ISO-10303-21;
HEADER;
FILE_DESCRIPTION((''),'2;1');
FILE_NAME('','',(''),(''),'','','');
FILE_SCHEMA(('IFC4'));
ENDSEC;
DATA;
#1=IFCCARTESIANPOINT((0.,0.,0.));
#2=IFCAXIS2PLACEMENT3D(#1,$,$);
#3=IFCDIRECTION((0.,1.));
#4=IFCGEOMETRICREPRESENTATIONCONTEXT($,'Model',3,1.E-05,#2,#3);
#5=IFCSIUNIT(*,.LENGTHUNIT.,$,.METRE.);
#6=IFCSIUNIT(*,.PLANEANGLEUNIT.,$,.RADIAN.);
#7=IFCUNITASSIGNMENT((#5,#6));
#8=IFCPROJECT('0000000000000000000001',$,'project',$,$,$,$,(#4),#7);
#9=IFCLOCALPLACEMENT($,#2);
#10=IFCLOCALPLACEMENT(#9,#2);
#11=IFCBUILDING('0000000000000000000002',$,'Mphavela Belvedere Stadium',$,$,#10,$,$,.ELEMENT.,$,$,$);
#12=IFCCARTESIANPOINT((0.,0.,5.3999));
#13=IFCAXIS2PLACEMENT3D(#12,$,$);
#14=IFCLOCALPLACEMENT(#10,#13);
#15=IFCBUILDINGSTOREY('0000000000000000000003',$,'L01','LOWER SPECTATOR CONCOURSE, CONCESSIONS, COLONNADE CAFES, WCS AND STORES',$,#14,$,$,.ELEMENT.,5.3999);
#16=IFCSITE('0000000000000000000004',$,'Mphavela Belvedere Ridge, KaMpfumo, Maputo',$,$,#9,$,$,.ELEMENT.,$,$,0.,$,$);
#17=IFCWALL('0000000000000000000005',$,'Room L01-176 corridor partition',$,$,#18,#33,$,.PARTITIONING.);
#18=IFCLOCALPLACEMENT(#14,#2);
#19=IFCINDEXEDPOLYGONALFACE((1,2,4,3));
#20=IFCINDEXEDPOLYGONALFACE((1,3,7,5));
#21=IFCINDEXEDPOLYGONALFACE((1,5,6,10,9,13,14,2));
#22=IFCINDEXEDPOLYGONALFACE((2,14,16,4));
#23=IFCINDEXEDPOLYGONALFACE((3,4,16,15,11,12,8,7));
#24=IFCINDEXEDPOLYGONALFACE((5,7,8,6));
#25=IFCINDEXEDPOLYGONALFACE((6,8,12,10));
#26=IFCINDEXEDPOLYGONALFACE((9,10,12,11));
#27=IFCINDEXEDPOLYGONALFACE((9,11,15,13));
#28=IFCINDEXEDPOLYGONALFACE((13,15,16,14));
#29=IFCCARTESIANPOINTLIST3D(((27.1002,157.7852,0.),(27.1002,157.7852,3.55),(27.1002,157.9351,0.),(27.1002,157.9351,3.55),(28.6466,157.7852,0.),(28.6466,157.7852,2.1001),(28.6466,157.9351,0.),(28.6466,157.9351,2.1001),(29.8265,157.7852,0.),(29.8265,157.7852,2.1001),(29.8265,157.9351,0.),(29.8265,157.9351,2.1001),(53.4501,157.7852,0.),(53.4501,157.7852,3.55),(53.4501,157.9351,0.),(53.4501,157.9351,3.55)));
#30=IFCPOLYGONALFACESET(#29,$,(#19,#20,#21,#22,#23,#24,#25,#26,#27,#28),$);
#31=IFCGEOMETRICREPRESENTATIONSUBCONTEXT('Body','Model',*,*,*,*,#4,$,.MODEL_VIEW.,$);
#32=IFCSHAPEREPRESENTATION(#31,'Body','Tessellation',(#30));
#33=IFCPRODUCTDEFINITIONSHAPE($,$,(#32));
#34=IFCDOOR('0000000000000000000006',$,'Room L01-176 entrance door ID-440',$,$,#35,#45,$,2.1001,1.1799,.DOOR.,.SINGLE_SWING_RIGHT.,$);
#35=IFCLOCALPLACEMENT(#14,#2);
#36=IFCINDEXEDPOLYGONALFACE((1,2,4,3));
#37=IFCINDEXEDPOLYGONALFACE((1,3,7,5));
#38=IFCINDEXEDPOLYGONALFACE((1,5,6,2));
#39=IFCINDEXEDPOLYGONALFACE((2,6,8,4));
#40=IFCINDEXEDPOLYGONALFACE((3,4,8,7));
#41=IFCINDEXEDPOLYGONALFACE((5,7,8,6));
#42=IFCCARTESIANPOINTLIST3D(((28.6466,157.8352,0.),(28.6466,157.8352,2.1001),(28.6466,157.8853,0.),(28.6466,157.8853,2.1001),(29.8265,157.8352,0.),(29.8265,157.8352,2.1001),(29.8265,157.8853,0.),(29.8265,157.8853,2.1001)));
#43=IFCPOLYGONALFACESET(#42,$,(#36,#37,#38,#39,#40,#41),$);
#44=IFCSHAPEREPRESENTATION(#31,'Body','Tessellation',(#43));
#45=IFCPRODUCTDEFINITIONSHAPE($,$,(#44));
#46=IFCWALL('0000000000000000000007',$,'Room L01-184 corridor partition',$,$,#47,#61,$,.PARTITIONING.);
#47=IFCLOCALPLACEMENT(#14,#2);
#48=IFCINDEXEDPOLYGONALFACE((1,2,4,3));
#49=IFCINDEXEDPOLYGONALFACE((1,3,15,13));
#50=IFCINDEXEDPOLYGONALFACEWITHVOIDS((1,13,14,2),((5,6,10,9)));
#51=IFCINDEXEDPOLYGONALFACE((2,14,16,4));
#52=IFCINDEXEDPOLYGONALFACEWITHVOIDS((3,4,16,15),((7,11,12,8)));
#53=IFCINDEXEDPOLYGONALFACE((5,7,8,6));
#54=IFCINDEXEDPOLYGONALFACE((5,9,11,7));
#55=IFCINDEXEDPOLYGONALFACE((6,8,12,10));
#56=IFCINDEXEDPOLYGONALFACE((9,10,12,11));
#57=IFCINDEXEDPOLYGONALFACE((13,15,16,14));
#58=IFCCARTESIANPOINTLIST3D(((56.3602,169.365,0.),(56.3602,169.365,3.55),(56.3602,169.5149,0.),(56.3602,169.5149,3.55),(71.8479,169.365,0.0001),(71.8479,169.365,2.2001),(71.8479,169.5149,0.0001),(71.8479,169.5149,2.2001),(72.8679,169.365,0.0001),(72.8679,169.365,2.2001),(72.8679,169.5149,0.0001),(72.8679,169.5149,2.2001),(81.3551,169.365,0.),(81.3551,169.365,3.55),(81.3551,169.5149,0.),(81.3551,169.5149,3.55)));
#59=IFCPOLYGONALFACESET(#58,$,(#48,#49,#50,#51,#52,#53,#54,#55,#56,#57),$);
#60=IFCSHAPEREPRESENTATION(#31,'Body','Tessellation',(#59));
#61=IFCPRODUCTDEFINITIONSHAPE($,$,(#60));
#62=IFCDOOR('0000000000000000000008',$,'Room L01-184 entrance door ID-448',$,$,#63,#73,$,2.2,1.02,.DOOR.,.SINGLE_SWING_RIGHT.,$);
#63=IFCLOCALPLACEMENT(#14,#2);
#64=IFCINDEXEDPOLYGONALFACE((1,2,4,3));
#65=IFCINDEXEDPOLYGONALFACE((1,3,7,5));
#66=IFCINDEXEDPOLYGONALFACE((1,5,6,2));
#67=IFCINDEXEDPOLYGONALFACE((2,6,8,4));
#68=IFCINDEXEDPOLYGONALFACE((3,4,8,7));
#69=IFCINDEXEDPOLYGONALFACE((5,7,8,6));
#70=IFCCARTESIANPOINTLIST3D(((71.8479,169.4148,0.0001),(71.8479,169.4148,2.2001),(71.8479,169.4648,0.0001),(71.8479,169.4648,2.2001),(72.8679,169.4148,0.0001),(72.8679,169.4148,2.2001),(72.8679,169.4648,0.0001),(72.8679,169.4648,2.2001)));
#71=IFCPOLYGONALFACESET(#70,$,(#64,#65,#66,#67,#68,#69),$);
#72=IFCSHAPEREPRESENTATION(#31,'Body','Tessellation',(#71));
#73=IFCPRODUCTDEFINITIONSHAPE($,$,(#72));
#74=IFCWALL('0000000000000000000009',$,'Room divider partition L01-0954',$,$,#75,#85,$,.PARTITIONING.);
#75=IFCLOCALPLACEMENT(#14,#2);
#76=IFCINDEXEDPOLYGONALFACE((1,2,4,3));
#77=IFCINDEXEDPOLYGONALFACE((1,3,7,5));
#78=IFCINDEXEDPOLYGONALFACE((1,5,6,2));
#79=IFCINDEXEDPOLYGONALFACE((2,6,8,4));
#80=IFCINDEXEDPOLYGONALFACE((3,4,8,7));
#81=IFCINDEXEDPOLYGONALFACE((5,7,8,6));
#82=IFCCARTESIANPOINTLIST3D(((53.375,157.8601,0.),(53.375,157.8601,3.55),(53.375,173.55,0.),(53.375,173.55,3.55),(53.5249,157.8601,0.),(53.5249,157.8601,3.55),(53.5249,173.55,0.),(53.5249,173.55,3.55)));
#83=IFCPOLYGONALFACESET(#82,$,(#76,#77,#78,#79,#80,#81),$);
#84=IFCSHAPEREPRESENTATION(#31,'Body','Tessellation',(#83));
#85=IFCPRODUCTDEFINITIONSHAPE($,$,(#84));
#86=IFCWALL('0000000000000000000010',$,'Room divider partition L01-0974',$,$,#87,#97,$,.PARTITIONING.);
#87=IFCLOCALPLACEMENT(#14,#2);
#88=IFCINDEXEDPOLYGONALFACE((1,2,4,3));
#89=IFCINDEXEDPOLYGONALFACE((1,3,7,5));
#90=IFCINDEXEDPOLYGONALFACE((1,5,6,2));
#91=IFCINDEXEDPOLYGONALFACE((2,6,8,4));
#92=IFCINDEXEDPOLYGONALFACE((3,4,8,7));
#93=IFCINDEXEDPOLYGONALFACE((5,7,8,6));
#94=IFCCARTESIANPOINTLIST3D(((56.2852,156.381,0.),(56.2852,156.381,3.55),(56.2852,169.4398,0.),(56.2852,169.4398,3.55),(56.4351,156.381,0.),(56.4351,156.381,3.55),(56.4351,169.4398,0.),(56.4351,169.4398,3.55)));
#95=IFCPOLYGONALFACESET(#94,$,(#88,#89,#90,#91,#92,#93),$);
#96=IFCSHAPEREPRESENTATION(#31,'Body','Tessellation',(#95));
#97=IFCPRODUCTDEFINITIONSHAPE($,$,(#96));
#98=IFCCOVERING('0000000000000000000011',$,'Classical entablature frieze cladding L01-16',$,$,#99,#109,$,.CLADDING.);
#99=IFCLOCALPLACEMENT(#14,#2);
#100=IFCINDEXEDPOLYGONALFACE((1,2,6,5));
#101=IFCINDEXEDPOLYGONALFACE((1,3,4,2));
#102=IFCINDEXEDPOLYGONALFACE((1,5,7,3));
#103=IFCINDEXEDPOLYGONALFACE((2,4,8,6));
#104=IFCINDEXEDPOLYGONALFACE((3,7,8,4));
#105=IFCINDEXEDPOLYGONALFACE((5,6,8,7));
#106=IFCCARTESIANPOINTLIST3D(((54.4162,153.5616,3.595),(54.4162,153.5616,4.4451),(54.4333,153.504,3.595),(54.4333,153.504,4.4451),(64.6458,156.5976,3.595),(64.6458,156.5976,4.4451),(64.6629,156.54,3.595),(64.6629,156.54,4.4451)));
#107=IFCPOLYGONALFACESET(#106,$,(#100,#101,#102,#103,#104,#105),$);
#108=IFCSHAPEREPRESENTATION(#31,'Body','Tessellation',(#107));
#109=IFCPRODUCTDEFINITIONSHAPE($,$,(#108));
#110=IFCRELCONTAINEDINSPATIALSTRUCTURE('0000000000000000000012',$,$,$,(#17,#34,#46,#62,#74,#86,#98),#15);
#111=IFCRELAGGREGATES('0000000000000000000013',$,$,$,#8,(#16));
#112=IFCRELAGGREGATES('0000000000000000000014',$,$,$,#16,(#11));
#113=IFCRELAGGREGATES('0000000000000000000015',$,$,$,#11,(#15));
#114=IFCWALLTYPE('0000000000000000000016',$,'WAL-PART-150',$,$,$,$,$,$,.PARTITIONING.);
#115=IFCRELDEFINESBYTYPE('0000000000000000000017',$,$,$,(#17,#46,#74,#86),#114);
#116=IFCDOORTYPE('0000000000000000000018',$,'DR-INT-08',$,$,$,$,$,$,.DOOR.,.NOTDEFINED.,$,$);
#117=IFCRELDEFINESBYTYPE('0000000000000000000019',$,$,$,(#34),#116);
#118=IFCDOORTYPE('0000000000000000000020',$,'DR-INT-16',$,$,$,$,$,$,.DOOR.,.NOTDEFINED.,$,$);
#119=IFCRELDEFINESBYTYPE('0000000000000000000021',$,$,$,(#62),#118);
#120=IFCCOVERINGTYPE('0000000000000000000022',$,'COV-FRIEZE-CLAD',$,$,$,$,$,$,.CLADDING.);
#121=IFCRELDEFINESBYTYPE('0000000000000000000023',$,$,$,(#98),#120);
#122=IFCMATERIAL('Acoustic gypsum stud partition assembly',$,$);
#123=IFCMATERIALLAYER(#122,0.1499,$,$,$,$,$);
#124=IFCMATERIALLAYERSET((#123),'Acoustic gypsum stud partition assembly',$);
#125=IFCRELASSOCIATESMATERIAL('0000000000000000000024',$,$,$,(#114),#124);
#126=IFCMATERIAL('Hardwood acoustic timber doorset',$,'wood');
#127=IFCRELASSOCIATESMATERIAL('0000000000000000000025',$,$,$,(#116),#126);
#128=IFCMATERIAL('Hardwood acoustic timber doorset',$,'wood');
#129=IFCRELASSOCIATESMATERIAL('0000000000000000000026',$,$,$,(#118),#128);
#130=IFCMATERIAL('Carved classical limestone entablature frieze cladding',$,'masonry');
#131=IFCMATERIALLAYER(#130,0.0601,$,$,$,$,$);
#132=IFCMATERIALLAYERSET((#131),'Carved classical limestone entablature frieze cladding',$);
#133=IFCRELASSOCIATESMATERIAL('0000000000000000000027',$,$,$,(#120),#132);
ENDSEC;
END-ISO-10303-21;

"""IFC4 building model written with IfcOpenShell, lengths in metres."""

from ifc_helpers import new_model, si_unit, direction, frame, frame_2d, origin, origin_2d, place, context, subcontext, project, spatial, rectangle, extrude, material, layer, layer_set, type_object, element, fill, save


model = new_model("IFC4")

# Units and contexts
model_context = context("Model", 3, precision=1e-05, world=origin(), true_north=direction((0.0, 1.0)))
body_context = subcontext(model_context, "Body", "Model", "MODEL_VIEW")
ifc_project = project(units=[si_unit("LENGTHUNIT", "METRE"), si_unit("PLANEANGLEUNIT", "RADIAN")], contexts=[model_context])

# Site, building, storey
site_placement = place(None, origin())
site = spatial("IfcSite", under=ifc_project, at=site_placement, Name="Mphavela Belvedere Ridge, KaMpfumo, Maputo", CompositionType="ELEMENT", RefElevation=0.0)
building_placement = place(site_placement, origin())
building = spatial("IfcBuilding", under=site, at=building_placement, Name="Mphavela Belvedere Stadium", CompositionType="ELEMENT")
storey_placement = place(building_placement, frame((0.0, 0.0, 5.3999)))
storey = spatial("IfcBuildingStorey", under=building, at=storey_placement, Name="L01", Description="LOWER SPECTATOR CONCOURSE, CONCESSIONS, COLONNADE CAFES, WCS AND STORES", CompositionType="ELEMENT", Elevation=5.3999)

# Walls, openings, doors
ifc_material_1 = material(Name="Acoustic gypsum stud partition assembly")
ifc_layer_1 = layer(ifc_material_1, 0.1499)
ifc_layer_set_1 = layer_set([ifc_layer_1], Name="Acoustic gypsum stud partition assembly")
wall_type_1 = type_object("IfcWallType", Name="WAL-PART-150", PredefinedType="PARTITIONING", material=ifc_layer_set_1)
wall_1_placement = place(storey_placement, frame((53.45, 157.8601, 0.0), z_axis=(0.0, 0.0, 1.0), x_axis=(-1.0, 0.0, 0.0)))
wall_1 = element("IfcWall", 1, at=wall_1_placement, inside=storey, type_object=wall_type_1, Name="Room L01-176 corridor partition", PredefinedType="PARTITIONING", context=body_context, shape_type="SweptSolid", body=[
    extrude(rectangle(XDim=26.3499, YDim=0.1499, at=frame_2d((13.1748, 0.0))), origin(), (0.0, 0.0, 1.0), 3.55),
])
opening_1_placement = place(wall_1_placement, frame((23.6235, 0.0, 0.0)))
opening_1 = element("IfcOpeningElement", 2, at=opening_1_placement, cuts=wall_1, PredefinedType="OPENING", context=body_context, shape_type="SweptSolid", body=[
    extrude(rectangle(XDim=1.1799, YDim=2.1001, at=frame_2d((0.5898, 1.05))), frame((0.0, 0.085, 0.0), z_axis=(0.0, -1.0, 0.0), x_axis=(1.0, 0.0, 0.0)), (0.0, 0.0, 1.0), 0.1699),
])
ifc_material_2 = material(Name="Hardwood acoustic timber doorset", Category="wood")
door_type_1 = type_object("IfcDoorType", Name="DR-INT-08", OperationType="NOTDEFINED", PredefinedType="DOOR", material=ifc_material_2)
door_1_placement = place(opening_1_placement, origin())
door_1 = element("IfcDoor", 3, at=door_1_placement, inside=storey, type_object=door_type_1, Name="Room L01-176 entrance door ID-440", OperationType="SINGLE_SWING_RIGHT", OverallHeight=2.1001, OverallWidth=1.1799, PredefinedType="DOOR", context=body_context, shape_type="SweptSolid", body=[
    extrude(rectangle(XDim=1.1799, YDim=2.1001, at=frame_2d((0.5898, 1.05))), frame((0.0, 0.0249, 0.0), z_axis=(0.0, -1.0, 0.0), x_axis=(1.0, 0.0, 0.0)), (0.0, 0.0, 1.0), 0.05),
])
fill(opening_1, door_1)
wall_2_placement = place(storey_placement, frame((56.3601, 169.4399, 0.0), z_axis=(0.0, 0.0, 1.0), x_axis=(1.0, 0.0, 0.0)))
wall_2 = element("IfcWall", 4, at=wall_2_placement, inside=storey, type_object=wall_type_1, Name="Room L01-184 corridor partition", PredefinedType="PARTITIONING", context=body_context, shape_type="SweptSolid", body=[
    extrude(rectangle(XDim=24.9949, YDim=0.1499, at=frame_2d((12.4976, 0.0))), origin(), (0.0, 0.0, 1.0), 3.55),
])
opening_2_placement = place(wall_2_placement, frame((15.4878, 0.0, 0.0)))
opening_2 = element("IfcOpeningElement", 5, at=opening_2_placement, cuts=wall_2, PredefinedType="OPENING", context=body_context, shape_type="SweptSolid", body=[
    extrude(rectangle(XDim=1.02, YDim=2.2, at=frame_2d((0.51, 1.1001))), frame((0.0, 0.085, 0.0), z_axis=(0.0, -1.0, 0.0), x_axis=(1.0, 0.0, 0.0)), (0.0, 0.0, 1.0), 0.1699),
])
ifc_material_3 = material(Name="Hardwood acoustic timber doorset", Category="wood")
door_type_2 = type_object("IfcDoorType", Name="DR-INT-16", OperationType="NOTDEFINED", PredefinedType="DOOR", material=ifc_material_3)
door_2_placement = place(opening_2_placement, origin())
door_2 = element("IfcDoor", 6, at=door_2_placement, inside=storey, type_object=door_type_2, Name="Room L01-184 entrance door ID-448", OperationType="SINGLE_SWING_RIGHT", OverallHeight=2.2, OverallWidth=1.02, PredefinedType="DOOR", context=body_context, shape_type="SweptSolid", body=[
    extrude(rectangle(XDim=1.02, YDim=2.2, at=frame_2d((0.51, 1.1001))), frame((0.0, 0.0249, 0.0), z_axis=(0.0, -1.0, 0.0), x_axis=(1.0, 0.0, 0.0)), (0.0, 0.0, 1.0), 0.05),
])
fill(opening_2, door_2)

# Walls
wall_3_placement = place(storey_placement, frame((53.45, 173.55, 0.0), z_axis=(0.0, 0.0, 1.0), x_axis=(0.0, -1.0, 0.0)))
element("IfcWall", 7, at=wall_3_placement, inside=storey, type_object=wall_type_1, Name="Room divider partition L01-0954", PredefinedType="PARTITIONING", context=body_context, shape_type="SweptSolid", body=[
    extrude(rectangle(XDim=15.6899, YDim=0.1499, at=frame_2d((7.845, 0.0))), origin(), (0.0, 0.0, 1.0), 3.55),
])
wall_4_placement = place(storey_placement, frame((56.3601, 156.3811, 0.0), z_axis=(0.0, 0.0, 1.0), x_axis=(0.0, 1.0, 0.0)))
element("IfcWall", 8, at=wall_4_placement, inside=storey, type_object=wall_type_1, Name="Room divider partition L01-0974", PredefinedType="PARTITIONING", context=body_context, shape_type="SweptSolid", body=[
    extrude(rectangle(XDim=13.0588, YDim=0.1499, at=frame_2d((6.5293, 0.0))), origin(), (0.0, 0.0, 1.0), 3.55),
])

# Covering
ifc_material_4 = material(Name="Carved classical limestone entablature frieze cladding", Category="masonry")
ifc_layer_2 = layer(ifc_material_4, 0.0601)
ifc_layer_set_2 = layer_set([ifc_layer_2], Name="Carved classical limestone entablature frieze cladding")
covering_type = type_object("IfcCoveringType", Name="COV-FRIEZE-CLAD", PredefinedType="CLADDING", material=ifc_layer_set_2)
covering_placement = place(storey_placement, frame((59.5396, 155.0508, 3.595), z_axis=(0.0, 0.0, 1.0), x_axis=(-0.958671, -0.284517, 0.0)))
element("IfcCovering", 9, at=covering_placement, inside=storey, type_object=covering_type, Name="Classical entablature frieze cladding L01-16", PredefinedType="CLADDING", context=body_context, shape_type="SweptSolid", body=[
    extrude(rectangle(XDim=10.6707, YDim=0.0601, at=origin_2d()), origin(), (0.0, 0.0, 1.0), 0.8501),
])

save(model, "model.ifc")
